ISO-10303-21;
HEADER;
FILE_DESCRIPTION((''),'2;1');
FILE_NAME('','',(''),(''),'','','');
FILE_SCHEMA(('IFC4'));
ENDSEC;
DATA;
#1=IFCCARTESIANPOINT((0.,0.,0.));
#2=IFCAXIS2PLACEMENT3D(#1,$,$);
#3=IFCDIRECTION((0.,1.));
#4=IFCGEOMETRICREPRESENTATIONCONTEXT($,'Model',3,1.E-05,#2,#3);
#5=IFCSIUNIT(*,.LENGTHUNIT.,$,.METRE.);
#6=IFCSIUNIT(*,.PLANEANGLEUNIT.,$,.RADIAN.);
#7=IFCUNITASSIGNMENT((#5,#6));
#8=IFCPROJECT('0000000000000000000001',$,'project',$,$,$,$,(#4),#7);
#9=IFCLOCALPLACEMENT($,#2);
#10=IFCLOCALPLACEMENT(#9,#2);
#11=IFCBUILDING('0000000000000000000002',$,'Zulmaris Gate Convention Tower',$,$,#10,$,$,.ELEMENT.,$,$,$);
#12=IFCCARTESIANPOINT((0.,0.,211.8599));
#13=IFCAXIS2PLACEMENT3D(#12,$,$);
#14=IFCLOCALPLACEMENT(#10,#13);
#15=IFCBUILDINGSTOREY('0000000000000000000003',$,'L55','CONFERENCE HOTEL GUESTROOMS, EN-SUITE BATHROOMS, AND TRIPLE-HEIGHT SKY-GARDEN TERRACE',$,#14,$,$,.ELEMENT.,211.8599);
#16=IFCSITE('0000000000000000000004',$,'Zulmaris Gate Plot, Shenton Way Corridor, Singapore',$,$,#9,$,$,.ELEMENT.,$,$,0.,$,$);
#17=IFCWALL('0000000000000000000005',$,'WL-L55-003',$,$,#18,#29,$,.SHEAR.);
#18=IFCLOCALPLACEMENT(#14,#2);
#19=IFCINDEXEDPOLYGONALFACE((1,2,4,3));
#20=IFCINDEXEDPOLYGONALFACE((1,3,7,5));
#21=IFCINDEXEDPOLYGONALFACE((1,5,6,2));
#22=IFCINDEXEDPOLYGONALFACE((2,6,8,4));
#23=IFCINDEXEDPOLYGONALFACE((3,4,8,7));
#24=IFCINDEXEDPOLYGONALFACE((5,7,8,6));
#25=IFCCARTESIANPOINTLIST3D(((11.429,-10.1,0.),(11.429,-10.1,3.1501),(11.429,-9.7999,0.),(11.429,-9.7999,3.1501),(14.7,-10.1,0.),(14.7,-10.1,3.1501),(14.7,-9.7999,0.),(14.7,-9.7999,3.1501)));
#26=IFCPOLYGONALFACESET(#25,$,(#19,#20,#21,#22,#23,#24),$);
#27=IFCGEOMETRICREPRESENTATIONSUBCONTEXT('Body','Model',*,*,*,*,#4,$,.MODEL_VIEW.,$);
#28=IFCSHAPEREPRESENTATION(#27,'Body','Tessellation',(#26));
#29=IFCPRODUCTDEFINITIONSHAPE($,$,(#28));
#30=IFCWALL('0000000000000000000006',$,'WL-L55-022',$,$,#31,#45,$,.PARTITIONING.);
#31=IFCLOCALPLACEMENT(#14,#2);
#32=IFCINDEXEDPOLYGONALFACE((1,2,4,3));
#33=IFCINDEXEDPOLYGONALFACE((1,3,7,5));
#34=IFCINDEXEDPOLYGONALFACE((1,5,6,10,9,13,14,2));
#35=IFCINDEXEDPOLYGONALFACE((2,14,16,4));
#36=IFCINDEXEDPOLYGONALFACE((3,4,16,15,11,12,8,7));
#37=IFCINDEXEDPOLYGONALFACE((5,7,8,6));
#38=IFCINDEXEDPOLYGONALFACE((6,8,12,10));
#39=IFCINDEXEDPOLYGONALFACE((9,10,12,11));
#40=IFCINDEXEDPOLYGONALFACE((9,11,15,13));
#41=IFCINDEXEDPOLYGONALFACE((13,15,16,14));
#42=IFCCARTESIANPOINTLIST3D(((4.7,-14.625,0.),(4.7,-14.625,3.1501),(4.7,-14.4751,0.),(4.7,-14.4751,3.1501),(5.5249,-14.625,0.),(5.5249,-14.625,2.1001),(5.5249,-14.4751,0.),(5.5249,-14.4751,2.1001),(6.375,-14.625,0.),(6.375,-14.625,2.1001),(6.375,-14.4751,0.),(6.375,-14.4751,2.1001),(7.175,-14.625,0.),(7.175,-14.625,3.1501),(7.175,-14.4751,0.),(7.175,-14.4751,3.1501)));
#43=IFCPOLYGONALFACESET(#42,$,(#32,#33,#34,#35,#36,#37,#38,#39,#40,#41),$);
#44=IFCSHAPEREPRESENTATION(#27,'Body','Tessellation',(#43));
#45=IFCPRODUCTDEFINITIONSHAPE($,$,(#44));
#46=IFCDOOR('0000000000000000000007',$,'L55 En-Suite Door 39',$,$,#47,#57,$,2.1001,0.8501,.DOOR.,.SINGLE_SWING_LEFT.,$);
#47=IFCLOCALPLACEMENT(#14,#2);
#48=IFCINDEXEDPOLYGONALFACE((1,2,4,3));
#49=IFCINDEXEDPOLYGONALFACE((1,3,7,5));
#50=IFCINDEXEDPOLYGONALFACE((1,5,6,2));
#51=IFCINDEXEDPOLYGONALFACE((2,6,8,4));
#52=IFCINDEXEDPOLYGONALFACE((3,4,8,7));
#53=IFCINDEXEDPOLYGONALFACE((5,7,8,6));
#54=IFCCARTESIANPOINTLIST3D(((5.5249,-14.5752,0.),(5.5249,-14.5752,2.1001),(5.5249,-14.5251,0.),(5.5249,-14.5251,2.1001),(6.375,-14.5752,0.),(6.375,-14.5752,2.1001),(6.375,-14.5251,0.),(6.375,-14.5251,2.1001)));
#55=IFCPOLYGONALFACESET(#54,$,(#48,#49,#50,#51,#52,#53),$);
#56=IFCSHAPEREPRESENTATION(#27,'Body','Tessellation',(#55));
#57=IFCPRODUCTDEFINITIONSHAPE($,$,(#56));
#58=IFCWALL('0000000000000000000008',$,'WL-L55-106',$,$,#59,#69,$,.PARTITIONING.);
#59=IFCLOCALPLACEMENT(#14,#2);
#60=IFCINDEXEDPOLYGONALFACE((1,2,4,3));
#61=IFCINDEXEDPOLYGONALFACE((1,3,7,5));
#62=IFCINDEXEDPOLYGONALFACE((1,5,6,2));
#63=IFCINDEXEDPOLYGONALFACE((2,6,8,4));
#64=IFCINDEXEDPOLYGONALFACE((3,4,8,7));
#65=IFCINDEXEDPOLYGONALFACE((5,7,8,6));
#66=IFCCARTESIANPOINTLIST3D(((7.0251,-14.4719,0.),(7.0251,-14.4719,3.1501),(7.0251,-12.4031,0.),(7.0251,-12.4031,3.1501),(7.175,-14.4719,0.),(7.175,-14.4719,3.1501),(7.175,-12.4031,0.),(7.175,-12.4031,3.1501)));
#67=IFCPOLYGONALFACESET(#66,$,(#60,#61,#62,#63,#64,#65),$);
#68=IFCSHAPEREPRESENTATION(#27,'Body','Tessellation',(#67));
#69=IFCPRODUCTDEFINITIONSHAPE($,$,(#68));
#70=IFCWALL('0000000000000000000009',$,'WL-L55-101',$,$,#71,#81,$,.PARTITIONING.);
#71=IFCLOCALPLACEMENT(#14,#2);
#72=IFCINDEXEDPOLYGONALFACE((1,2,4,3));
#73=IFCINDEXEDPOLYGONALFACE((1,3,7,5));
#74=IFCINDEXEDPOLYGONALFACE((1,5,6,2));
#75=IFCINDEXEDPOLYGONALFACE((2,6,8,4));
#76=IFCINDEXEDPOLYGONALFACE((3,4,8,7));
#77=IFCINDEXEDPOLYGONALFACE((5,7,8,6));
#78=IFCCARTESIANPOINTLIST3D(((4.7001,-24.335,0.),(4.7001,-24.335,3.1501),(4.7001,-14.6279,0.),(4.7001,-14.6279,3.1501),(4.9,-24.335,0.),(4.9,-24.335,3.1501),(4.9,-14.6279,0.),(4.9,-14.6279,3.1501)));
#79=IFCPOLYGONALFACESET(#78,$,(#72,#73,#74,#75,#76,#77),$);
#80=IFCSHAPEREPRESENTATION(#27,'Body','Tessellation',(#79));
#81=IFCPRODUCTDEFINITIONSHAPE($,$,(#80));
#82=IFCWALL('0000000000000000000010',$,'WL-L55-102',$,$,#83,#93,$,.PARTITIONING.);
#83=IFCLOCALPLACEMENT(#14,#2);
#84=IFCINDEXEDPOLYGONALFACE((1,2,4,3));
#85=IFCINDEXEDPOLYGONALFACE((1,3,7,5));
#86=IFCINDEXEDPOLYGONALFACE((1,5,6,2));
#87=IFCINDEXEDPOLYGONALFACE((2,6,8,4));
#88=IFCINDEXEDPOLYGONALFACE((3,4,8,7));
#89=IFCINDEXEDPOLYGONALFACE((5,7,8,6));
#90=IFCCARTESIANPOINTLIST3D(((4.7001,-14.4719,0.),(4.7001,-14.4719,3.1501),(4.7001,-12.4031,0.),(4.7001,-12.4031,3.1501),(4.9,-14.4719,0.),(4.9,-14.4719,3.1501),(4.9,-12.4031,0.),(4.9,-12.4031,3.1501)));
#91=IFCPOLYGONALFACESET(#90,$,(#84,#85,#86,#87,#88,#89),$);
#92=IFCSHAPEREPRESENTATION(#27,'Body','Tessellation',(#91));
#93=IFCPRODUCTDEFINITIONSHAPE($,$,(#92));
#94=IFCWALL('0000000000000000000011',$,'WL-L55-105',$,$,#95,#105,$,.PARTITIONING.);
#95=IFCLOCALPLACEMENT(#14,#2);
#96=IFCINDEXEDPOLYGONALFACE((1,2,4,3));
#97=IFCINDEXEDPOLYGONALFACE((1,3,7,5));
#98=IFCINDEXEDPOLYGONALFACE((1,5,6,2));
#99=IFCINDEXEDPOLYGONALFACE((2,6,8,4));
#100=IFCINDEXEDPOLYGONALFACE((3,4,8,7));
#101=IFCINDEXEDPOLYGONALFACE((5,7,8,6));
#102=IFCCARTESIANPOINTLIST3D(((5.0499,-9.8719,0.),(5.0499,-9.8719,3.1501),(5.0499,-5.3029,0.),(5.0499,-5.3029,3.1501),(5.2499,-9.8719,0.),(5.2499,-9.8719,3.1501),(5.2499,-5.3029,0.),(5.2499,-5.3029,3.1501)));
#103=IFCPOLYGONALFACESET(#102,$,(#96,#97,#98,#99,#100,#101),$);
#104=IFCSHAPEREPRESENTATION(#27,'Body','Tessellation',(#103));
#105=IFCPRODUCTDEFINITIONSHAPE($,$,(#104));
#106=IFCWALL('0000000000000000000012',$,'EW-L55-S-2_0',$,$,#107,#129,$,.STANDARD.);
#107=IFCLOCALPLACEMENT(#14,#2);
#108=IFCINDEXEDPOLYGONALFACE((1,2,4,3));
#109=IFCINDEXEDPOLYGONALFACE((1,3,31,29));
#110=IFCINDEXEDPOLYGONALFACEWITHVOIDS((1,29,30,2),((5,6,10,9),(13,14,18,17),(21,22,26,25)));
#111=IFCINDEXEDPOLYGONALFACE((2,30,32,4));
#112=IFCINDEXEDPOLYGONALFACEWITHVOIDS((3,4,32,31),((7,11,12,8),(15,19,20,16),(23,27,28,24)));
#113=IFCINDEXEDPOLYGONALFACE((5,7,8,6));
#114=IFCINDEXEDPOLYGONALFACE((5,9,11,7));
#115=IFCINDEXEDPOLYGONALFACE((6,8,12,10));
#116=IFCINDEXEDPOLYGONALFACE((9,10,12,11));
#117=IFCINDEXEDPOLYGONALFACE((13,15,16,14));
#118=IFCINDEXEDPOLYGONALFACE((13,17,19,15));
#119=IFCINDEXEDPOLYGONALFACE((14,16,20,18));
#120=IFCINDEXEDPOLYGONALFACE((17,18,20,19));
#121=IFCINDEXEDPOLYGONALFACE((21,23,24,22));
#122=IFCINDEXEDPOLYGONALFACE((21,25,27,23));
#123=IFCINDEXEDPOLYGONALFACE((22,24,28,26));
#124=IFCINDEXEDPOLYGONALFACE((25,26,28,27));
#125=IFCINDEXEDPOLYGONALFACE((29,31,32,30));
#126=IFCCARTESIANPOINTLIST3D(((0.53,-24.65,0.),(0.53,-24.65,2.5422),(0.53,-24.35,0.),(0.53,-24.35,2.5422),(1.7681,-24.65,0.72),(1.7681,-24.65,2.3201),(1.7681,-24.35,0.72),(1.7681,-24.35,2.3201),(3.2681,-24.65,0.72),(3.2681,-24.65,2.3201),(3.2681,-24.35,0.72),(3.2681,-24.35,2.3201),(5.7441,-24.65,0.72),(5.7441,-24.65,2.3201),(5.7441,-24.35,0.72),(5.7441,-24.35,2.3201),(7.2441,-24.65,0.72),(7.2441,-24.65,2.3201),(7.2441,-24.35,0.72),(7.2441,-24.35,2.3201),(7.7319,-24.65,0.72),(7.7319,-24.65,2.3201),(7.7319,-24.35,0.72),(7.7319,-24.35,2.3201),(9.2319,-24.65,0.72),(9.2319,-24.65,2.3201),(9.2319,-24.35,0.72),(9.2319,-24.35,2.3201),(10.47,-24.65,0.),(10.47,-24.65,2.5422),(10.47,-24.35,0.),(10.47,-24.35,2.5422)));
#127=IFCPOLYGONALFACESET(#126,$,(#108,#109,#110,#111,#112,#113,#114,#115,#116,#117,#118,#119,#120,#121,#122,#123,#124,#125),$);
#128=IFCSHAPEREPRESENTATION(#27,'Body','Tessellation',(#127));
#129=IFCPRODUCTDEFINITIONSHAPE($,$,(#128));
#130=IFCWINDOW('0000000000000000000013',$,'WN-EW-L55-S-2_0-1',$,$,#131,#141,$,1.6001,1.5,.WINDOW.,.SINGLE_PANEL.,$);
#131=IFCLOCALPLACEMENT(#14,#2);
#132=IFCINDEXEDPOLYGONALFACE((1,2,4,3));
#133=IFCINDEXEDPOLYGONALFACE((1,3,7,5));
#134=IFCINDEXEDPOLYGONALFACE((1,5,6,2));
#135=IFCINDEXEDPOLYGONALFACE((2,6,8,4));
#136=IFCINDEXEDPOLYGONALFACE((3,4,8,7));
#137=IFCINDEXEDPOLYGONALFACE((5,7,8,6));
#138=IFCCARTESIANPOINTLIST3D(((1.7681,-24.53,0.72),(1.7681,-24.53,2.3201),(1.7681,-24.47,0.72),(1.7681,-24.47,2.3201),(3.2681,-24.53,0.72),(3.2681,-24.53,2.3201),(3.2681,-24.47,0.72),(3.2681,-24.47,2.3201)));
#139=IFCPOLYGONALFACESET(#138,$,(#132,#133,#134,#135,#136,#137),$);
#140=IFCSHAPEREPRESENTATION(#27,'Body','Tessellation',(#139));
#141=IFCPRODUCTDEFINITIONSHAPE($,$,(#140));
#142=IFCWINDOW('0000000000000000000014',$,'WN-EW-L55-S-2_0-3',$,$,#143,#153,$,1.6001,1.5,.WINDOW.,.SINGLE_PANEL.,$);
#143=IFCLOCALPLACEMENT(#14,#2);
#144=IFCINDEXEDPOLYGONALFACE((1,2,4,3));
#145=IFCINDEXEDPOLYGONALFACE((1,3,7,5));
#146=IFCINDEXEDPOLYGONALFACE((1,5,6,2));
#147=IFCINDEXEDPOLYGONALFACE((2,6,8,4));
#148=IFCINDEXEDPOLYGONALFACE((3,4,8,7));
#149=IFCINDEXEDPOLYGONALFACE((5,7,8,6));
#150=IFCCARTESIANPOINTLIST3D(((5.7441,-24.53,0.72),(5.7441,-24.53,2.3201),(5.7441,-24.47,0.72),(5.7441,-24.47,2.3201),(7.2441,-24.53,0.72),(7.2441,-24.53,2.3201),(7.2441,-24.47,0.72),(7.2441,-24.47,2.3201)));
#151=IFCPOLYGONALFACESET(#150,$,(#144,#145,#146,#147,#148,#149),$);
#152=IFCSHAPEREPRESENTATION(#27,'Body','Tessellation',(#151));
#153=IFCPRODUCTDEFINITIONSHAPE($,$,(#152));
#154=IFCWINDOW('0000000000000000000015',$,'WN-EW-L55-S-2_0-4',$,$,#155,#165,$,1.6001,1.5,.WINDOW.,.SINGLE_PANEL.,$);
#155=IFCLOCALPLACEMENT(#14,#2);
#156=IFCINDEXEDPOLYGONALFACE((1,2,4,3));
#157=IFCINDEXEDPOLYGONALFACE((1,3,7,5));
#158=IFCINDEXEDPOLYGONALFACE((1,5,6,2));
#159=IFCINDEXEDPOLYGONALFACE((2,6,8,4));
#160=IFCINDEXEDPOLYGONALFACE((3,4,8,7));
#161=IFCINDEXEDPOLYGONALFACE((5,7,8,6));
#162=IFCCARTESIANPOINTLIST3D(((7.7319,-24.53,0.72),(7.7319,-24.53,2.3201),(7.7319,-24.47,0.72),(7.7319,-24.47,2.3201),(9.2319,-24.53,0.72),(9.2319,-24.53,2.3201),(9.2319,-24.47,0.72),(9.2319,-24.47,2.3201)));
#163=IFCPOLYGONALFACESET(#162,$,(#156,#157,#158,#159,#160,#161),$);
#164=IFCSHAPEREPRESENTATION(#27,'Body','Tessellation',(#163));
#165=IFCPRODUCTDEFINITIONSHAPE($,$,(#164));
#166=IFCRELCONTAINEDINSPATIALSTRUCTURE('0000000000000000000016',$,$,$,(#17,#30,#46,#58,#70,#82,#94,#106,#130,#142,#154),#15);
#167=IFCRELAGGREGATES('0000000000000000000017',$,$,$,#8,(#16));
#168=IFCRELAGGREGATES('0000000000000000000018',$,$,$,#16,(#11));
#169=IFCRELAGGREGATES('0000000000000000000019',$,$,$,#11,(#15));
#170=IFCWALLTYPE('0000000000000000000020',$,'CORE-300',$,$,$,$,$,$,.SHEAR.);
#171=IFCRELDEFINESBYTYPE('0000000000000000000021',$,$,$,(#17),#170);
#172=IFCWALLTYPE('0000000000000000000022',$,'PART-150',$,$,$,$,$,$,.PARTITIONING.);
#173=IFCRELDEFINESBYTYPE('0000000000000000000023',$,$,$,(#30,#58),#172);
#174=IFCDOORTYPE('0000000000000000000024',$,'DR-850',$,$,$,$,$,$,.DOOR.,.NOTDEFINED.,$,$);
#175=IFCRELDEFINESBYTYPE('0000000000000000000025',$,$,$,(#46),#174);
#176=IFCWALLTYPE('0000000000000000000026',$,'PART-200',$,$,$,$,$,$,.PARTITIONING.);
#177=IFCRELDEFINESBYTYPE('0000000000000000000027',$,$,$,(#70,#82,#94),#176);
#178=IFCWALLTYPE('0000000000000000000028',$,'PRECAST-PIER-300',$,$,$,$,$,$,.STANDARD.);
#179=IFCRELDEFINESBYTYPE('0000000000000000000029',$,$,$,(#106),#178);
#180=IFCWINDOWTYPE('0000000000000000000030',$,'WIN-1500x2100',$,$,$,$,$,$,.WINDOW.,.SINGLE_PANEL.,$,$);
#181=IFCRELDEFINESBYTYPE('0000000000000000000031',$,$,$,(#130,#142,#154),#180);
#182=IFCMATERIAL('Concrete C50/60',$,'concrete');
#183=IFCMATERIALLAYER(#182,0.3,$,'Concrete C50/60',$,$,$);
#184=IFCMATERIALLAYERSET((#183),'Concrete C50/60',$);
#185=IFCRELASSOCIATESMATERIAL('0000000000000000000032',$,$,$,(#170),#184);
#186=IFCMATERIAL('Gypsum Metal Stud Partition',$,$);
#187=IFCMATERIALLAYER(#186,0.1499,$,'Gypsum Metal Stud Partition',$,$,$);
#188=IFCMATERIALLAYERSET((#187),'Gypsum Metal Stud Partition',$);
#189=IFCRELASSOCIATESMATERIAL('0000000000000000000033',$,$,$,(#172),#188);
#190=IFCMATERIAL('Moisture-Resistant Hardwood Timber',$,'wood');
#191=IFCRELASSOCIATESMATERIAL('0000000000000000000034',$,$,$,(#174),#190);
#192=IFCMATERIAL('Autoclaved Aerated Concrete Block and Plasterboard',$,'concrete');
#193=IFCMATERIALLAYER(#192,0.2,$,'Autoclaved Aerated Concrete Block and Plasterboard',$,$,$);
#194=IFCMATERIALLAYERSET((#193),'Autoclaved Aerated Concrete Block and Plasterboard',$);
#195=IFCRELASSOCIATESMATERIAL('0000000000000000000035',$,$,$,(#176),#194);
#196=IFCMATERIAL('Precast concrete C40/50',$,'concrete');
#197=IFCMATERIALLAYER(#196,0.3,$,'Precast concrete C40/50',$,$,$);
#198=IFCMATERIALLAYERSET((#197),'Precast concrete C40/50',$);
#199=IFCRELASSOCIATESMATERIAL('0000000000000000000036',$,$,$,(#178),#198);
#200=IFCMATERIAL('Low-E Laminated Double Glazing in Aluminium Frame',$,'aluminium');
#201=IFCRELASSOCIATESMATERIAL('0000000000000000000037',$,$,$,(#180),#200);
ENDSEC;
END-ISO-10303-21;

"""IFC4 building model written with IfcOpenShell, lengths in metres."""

from ifc_helpers import new_model, si_unit, direction, frame, frame_2d, origin, place, context, subcontext, project, spatial, rectangle, extrude, material, layer, layer_set, type_object, element, fill, save


model = new_model("IFC4")

# Units and contexts
model_context = context("Model", 3, precision=1e-05, world=origin(), true_north=direction((0.0, 1.0)))
body_context = subcontext(model_context, "Body", "Model", "MODEL_VIEW")
ifc_project = project(units=[si_unit("LENGTHUNIT", "METRE"), si_unit("PLANEANGLEUNIT", "RADIAN")], contexts=[model_context])

# Site, building, storey
site_placement = place(None, origin())
site = spatial("IfcSite", under=ifc_project, at=site_placement, Name="Zulmaris Gate Plot, Shenton Way Corridor, Singapore", CompositionType="ELEMENT", RefElevation=0.0)
building_placement = place(site_placement, origin())
building = spatial("IfcBuilding", under=site, at=building_placement, Name="Zulmaris Gate Convention Tower", CompositionType="ELEMENT")
storey_placement = place(building_placement, frame((0.0, 0.0, 211.8599)))
storey = spatial("IfcBuildingStorey", under=building, at=storey_placement, Name="L55", Description="CONFERENCE HOTEL GUESTROOMS, EN-SUITE BATHROOMS, AND TRIPLE-HEIGHT SKY-GARDEN TERRACE", CompositionType="ELEMENT", Elevation=211.8599)

# Shared definitions
ifc_material_1 = material(Name="Concrete C50/60", Category="concrete")

# Wall
ifc_layer_1 = layer(ifc_material_1, 0.3, Name="Concrete C50/60")
ifc_layer_set_1 = layer_set([ifc_layer_1], Name="Concrete C50/60")
wall_type_1 = type_object("IfcWallType", Name="CORE-300", PredefinedType="SHEAR", material=ifc_layer_set_1)
wall_1_placement = place(storey_placement, frame((11.429, -9.95, 0.0), z_axis=(0.0, 0.0, 1.0), x_axis=(1.0, 0.0, 0.0)))
element("IfcWall", 1, at=wall_1_placement, inside=storey, type_object=wall_type_1, Name="WL-L55-003", PredefinedType="SHEAR", context=body_context, shape_type="SweptSolid", body=[
    extrude(rectangle(XDim=3.271, YDim=0.3, at=frame_2d((1.6355, 0.0))), origin(), (0.0, 0.0, 1.0), 3.1501),
])

# Wall, opening, door
ifc_material_2 = material(Name="Gypsum Metal Stud Partition")
ifc_layer_2 = layer(ifc_material_2, 0.1499, Name="Gypsum Metal Stud Partition")
ifc_layer_set_2 = layer_set([ifc_layer_2], Name="Gypsum Metal Stud Partition")
wall_type_2 = type_object("IfcWallType", Name="PART-150", PredefinedType="PARTITIONING", material=ifc_layer_set_2)
wall_2_placement = place(storey_placement, frame((4.7, -14.55, 0.0), z_axis=(0.0, 0.0, 1.0), x_axis=(1.0, 0.0, 0.0)))
wall_2 = element("IfcWall", 2, at=wall_2_placement, inside=storey, type_object=wall_type_2, Name="WL-L55-022", PredefinedType="PARTITIONING", context=body_context, shape_type="SweptSolid", body=[
    extrude(rectangle(XDim=2.4751, YDim=0.1499, at=frame_2d((1.2375, 0.0))), origin(), (0.0, 0.0, 1.0), 3.1501),
])
opening_1_placement = place(wall_2_placement, frame((0.825, 0.0, 0.0)))
opening_1 = element("IfcOpeningElement", 3, at=opening_1_placement, cuts=wall_2, PredefinedType="OPENING", context=body_context, shape_type="SweptSolid", body=[
    extrude(rectangle(XDim=0.8501, YDim=2.1001, at=frame_2d((0.425, 1.05))), frame((0.0, 0.085, 0.0), z_axis=(0.0, -1.0, 0.0), x_axis=(1.0, 0.0, 0.0)), (0.0, 0.0, 1.0), 0.1699),
])
ifc_material_3 = material(Name="Moisture-Resistant Hardwood Timber", Category="wood")
door_type_1 = type_object("IfcDoorType", Name="DR-850", OperationType="NOTDEFINED", PredefinedType="DOOR", material=ifc_material_3)
door_1_placement = place(opening_1_placement, origin())
door_1 = element("IfcDoor", 4, at=door_1_placement, inside=storey, type_object=door_type_1, Name="L55 En-Suite Door 39", OperationType="SINGLE_SWING_LEFT", OverallHeight=2.1001, OverallWidth=0.8501, PredefinedType="DOOR", context=body_context, shape_type="SweptSolid", body=[
    extrude(rectangle(XDim=0.8501, YDim=2.1001, at=frame_2d((0.425, 1.05))), frame((0.0, 0.0249, 0.0), z_axis=(0.0, -1.0, 0.0), x_axis=(1.0, 0.0, 0.0)), (0.0, 0.0, 1.0), 0.05),
])
fill(opening_1, door_1)

# Wall
wall_3_placement = place(storey_placement, frame((7.1001, -14.4719, 0.0), z_axis=(0.0, 0.0, 1.0), x_axis=(0.0, 1.0, 0.0)))
element("IfcWall", 5, at=wall_3_placement, inside=storey, type_object=wall_type_2, Name="WL-L55-106", PredefinedType="PARTITIONING", context=body_context, shape_type="SweptSolid", body=[
    extrude(rectangle(XDim=2.0688, YDim=0.1499, at=frame_2d((1.0344, 0.0))), origin(), (0.0, 0.0, 1.0), 3.1501),
])

# Walls
ifc_material_4 = material(Name="Autoclaved Aerated Concrete Block and Plasterboard", Category="concrete")
ifc_layer_3 = layer(ifc_material_4, 0.2, Name="Autoclaved Aerated Concrete Block and Plasterboard")
ifc_layer_set_3 = layer_set([ifc_layer_3], Name="Autoclaved Aerated Concrete Block and Plasterboard")
wall_type_3 = type_object("IfcWallType", Name="PART-200", PredefinedType="PARTITIONING", material=ifc_layer_set_3)
wall_4_placement = place(storey_placement, frame((4.8, -24.335, 0.0), z_axis=(0.0, 0.0, 1.0), x_axis=(0.0, 1.0, 0.0)))
element("IfcWall", 6, at=wall_4_placement, inside=storey, type_object=wall_type_3, Name="WL-L55-101", PredefinedType="PARTITIONING", context=body_context, shape_type="SweptSolid", body=[
    extrude(rectangle(XDim=9.707, YDim=0.2, at=frame_2d((4.8535, 0.0))), origin(), (0.0, 0.0, 1.0), 3.1501),
])
wall_5_placement = place(storey_placement, frame((4.8, -14.4719, 0.0), z_axis=(0.0, 0.0, 1.0), x_axis=(0.0, 1.0, 0.0)))
element("IfcWall", 7, at=wall_5_placement, inside=storey, type_object=wall_type_3, Name="WL-L55-102", PredefinedType="PARTITIONING", context=body_context, shape_type="SweptSolid", body=[
    extrude(rectangle(XDim=2.0688, YDim=0.2, at=frame_2d((1.0344, 0.0))), origin(), (0.0, 0.0, 1.0), 3.1501),
])
wall_6_placement = place(storey_placement, frame((5.1499, -9.8721, 0.0), z_axis=(0.0, 0.0, 1.0), x_axis=(0.0, 1.0, 0.0)))
element("IfcWall", 8, at=wall_6_placement, inside=storey, type_object=wall_type_3, Name="WL-L55-105", PredefinedType="PARTITIONING", context=body_context, shape_type="SweptSolid", body=[
    extrude(rectangle(XDim=4.5691, YDim=0.2, at=frame_2d((2.2847, 0.0))), origin(), (0.0, 0.0, 1.0), 3.1501),
])

# Wall, openings, windows
ifc_material_5 = material(Name="Precast concrete C40/50", Category="concrete")
ifc_layer_4 = layer(ifc_material_5, 0.3, Name="Precast concrete C40/50")
ifc_layer_set_4 = layer_set([ifc_layer_4], Name="Precast concrete C40/50")
wall_type_4 = type_object("IfcWallType", Name="PRECAST-PIER-300", PredefinedType="STANDARD", material=ifc_layer_set_4)
wall_7_placement = place(storey_placement, frame((0.53, -24.5, 0.0), z_axis=(0.0, 0.0, 1.0), x_axis=(1.0, 0.0, 0.0)))
wall_7 = element("IfcWall", 9, at=wall_7_placement, inside=storey, type_object=wall_type_4, Name="EW-L55-S-2_0", PredefinedType="STANDARD", context=body_context, shape_type="SweptSolid", body=[
    extrude(rectangle(XDim=9.9399, YDim=0.3, at=frame_2d((4.97, 0.0))), origin(), (0.0, 0.0, 1.0), 2.5422),
])
opening_2_placement = place(wall_7_placement, frame((1.238, 0.0, 0.72)))
opening_2 = element("IfcOpeningElement", 10, at=opening_2_placement, cuts=wall_7, PredefinedType="OPENING", context=body_context, shape_type="SweptSolid", body=[
    extrude(rectangle(XDim=1.5, YDim=1.6001, at=frame_2d((0.75, 0.8))), frame((0.0, 0.1602, 0.0), z_axis=(0.0, -1.0, 0.0), x_axis=(1.0, 0.0, 0.0)), (0.0, 0.0, 1.0), 0.3201),
])
opening_3_placement = place(wall_7_placement, frame((5.2141, 0.0, 0.72)))
opening_3 = element("IfcOpeningElement", 11, at=opening_3_placement, cuts=wall_7, PredefinedType="OPENING", context=body_context, shape_type="SweptSolid", body=[
    extrude(rectangle(XDim=1.5, YDim=1.6001, at=frame_2d((0.75, 0.8))), frame((0.0, 0.1602, 0.0), z_axis=(0.0, -1.0, 0.0), x_axis=(1.0, 0.0, 0.0)), (0.0, 0.0, 1.0), 0.3201),
])
opening_4_placement = place(wall_7_placement, frame((7.2019, 0.0, 0.72)))
opening_4 = element("IfcOpeningElement", 12, at=opening_4_placement, cuts=wall_7, PredefinedType="OPENING", context=body_context, shape_type="SweptSolid", body=[
    extrude(rectangle(XDim=1.5, YDim=1.6001, at=frame_2d((0.75, 0.8))), frame((0.0, 0.1602, 0.0), z_axis=(0.0, -1.0, 0.0), x_axis=(1.0, 0.0, 0.0)), (0.0, 0.0, 1.0), 0.3201),
])
ifc_material_6 = material(Name="Low-E Laminated Double Glazing in Aluminium Frame", Category="aluminium")
window_type = type_object("IfcWindowType", Name="WIN-1500x2100", PartitioningType="SINGLE_PANEL", PredefinedType="WINDOW", material=ifc_material_6)
window_1_placement = place(opening_2_placement, origin())
window_1 = element("IfcWindow", 13, at=window_1_placement, inside=storey, type_object=window_type, Name="WN-EW-L55-S-2_0-1", OverallHeight=1.6001, OverallWidth=1.5, PartitioningType="SINGLE_PANEL", PredefinedType="WINDOW", context=body_context, shape_type="SweptSolid", body=[
    extrude(rectangle(XDim=1.5, YDim=1.6001, at=frame_2d((0.75, 0.8))), frame((0.0, 0.03, 0.0), z_axis=(0.0, -1.0, 0.0), x_axis=(1.0, 0.0, 0.0)), (0.0, 0.0, 1.0), 0.0601),
])
fill(opening_2, window_1)
window_2_placement = place(opening_3_placement, origin())
window_2 = element("IfcWindow", 14, at=window_2_placement, inside=storey, type_object=window_type, Name="WN-EW-L55-S-2_0-3", OverallHeight=1.6001, OverallWidth=1.5, PartitioningType="SINGLE_PANEL", PredefinedType="WINDOW", context=body_context, shape_type="SweptSolid", body=[
    extrude(rectangle(XDim=1.5, YDim=1.6001, at=frame_2d((0.75, 0.8))), frame((0.0, 0.03, 0.0), z_axis=(0.0, -1.0, 0.0), x_axis=(1.0, 0.0, 0.0)), (0.0, 0.0, 1.0), 0.0601),
])
fill(opening_3, window_2)
window_3_placement = place(opening_4_placement, origin())
window_3 = element("IfcWindow", 15, at=window_3_placement, inside=storey, type_object=window_type, Name="WN-EW-L55-S-2_0-4", OverallHeight=1.6001, OverallWidth=1.5, PartitioningType="SINGLE_PANEL", PredefinedType="WINDOW", context=body_context, shape_type="SweptSolid", body=[
    extrude(rectangle(XDim=1.5, YDim=1.6001, at=frame_2d((0.75, 0.8))), frame((0.0, 0.03, 0.0), z_axis=(0.0, -1.0, 0.0), x_axis=(1.0, 0.0, 0.0)), (0.0, 0.0, 1.0), 0.0601),
])
fill(opening_4, window_3)

save(model, "model.ifc")
